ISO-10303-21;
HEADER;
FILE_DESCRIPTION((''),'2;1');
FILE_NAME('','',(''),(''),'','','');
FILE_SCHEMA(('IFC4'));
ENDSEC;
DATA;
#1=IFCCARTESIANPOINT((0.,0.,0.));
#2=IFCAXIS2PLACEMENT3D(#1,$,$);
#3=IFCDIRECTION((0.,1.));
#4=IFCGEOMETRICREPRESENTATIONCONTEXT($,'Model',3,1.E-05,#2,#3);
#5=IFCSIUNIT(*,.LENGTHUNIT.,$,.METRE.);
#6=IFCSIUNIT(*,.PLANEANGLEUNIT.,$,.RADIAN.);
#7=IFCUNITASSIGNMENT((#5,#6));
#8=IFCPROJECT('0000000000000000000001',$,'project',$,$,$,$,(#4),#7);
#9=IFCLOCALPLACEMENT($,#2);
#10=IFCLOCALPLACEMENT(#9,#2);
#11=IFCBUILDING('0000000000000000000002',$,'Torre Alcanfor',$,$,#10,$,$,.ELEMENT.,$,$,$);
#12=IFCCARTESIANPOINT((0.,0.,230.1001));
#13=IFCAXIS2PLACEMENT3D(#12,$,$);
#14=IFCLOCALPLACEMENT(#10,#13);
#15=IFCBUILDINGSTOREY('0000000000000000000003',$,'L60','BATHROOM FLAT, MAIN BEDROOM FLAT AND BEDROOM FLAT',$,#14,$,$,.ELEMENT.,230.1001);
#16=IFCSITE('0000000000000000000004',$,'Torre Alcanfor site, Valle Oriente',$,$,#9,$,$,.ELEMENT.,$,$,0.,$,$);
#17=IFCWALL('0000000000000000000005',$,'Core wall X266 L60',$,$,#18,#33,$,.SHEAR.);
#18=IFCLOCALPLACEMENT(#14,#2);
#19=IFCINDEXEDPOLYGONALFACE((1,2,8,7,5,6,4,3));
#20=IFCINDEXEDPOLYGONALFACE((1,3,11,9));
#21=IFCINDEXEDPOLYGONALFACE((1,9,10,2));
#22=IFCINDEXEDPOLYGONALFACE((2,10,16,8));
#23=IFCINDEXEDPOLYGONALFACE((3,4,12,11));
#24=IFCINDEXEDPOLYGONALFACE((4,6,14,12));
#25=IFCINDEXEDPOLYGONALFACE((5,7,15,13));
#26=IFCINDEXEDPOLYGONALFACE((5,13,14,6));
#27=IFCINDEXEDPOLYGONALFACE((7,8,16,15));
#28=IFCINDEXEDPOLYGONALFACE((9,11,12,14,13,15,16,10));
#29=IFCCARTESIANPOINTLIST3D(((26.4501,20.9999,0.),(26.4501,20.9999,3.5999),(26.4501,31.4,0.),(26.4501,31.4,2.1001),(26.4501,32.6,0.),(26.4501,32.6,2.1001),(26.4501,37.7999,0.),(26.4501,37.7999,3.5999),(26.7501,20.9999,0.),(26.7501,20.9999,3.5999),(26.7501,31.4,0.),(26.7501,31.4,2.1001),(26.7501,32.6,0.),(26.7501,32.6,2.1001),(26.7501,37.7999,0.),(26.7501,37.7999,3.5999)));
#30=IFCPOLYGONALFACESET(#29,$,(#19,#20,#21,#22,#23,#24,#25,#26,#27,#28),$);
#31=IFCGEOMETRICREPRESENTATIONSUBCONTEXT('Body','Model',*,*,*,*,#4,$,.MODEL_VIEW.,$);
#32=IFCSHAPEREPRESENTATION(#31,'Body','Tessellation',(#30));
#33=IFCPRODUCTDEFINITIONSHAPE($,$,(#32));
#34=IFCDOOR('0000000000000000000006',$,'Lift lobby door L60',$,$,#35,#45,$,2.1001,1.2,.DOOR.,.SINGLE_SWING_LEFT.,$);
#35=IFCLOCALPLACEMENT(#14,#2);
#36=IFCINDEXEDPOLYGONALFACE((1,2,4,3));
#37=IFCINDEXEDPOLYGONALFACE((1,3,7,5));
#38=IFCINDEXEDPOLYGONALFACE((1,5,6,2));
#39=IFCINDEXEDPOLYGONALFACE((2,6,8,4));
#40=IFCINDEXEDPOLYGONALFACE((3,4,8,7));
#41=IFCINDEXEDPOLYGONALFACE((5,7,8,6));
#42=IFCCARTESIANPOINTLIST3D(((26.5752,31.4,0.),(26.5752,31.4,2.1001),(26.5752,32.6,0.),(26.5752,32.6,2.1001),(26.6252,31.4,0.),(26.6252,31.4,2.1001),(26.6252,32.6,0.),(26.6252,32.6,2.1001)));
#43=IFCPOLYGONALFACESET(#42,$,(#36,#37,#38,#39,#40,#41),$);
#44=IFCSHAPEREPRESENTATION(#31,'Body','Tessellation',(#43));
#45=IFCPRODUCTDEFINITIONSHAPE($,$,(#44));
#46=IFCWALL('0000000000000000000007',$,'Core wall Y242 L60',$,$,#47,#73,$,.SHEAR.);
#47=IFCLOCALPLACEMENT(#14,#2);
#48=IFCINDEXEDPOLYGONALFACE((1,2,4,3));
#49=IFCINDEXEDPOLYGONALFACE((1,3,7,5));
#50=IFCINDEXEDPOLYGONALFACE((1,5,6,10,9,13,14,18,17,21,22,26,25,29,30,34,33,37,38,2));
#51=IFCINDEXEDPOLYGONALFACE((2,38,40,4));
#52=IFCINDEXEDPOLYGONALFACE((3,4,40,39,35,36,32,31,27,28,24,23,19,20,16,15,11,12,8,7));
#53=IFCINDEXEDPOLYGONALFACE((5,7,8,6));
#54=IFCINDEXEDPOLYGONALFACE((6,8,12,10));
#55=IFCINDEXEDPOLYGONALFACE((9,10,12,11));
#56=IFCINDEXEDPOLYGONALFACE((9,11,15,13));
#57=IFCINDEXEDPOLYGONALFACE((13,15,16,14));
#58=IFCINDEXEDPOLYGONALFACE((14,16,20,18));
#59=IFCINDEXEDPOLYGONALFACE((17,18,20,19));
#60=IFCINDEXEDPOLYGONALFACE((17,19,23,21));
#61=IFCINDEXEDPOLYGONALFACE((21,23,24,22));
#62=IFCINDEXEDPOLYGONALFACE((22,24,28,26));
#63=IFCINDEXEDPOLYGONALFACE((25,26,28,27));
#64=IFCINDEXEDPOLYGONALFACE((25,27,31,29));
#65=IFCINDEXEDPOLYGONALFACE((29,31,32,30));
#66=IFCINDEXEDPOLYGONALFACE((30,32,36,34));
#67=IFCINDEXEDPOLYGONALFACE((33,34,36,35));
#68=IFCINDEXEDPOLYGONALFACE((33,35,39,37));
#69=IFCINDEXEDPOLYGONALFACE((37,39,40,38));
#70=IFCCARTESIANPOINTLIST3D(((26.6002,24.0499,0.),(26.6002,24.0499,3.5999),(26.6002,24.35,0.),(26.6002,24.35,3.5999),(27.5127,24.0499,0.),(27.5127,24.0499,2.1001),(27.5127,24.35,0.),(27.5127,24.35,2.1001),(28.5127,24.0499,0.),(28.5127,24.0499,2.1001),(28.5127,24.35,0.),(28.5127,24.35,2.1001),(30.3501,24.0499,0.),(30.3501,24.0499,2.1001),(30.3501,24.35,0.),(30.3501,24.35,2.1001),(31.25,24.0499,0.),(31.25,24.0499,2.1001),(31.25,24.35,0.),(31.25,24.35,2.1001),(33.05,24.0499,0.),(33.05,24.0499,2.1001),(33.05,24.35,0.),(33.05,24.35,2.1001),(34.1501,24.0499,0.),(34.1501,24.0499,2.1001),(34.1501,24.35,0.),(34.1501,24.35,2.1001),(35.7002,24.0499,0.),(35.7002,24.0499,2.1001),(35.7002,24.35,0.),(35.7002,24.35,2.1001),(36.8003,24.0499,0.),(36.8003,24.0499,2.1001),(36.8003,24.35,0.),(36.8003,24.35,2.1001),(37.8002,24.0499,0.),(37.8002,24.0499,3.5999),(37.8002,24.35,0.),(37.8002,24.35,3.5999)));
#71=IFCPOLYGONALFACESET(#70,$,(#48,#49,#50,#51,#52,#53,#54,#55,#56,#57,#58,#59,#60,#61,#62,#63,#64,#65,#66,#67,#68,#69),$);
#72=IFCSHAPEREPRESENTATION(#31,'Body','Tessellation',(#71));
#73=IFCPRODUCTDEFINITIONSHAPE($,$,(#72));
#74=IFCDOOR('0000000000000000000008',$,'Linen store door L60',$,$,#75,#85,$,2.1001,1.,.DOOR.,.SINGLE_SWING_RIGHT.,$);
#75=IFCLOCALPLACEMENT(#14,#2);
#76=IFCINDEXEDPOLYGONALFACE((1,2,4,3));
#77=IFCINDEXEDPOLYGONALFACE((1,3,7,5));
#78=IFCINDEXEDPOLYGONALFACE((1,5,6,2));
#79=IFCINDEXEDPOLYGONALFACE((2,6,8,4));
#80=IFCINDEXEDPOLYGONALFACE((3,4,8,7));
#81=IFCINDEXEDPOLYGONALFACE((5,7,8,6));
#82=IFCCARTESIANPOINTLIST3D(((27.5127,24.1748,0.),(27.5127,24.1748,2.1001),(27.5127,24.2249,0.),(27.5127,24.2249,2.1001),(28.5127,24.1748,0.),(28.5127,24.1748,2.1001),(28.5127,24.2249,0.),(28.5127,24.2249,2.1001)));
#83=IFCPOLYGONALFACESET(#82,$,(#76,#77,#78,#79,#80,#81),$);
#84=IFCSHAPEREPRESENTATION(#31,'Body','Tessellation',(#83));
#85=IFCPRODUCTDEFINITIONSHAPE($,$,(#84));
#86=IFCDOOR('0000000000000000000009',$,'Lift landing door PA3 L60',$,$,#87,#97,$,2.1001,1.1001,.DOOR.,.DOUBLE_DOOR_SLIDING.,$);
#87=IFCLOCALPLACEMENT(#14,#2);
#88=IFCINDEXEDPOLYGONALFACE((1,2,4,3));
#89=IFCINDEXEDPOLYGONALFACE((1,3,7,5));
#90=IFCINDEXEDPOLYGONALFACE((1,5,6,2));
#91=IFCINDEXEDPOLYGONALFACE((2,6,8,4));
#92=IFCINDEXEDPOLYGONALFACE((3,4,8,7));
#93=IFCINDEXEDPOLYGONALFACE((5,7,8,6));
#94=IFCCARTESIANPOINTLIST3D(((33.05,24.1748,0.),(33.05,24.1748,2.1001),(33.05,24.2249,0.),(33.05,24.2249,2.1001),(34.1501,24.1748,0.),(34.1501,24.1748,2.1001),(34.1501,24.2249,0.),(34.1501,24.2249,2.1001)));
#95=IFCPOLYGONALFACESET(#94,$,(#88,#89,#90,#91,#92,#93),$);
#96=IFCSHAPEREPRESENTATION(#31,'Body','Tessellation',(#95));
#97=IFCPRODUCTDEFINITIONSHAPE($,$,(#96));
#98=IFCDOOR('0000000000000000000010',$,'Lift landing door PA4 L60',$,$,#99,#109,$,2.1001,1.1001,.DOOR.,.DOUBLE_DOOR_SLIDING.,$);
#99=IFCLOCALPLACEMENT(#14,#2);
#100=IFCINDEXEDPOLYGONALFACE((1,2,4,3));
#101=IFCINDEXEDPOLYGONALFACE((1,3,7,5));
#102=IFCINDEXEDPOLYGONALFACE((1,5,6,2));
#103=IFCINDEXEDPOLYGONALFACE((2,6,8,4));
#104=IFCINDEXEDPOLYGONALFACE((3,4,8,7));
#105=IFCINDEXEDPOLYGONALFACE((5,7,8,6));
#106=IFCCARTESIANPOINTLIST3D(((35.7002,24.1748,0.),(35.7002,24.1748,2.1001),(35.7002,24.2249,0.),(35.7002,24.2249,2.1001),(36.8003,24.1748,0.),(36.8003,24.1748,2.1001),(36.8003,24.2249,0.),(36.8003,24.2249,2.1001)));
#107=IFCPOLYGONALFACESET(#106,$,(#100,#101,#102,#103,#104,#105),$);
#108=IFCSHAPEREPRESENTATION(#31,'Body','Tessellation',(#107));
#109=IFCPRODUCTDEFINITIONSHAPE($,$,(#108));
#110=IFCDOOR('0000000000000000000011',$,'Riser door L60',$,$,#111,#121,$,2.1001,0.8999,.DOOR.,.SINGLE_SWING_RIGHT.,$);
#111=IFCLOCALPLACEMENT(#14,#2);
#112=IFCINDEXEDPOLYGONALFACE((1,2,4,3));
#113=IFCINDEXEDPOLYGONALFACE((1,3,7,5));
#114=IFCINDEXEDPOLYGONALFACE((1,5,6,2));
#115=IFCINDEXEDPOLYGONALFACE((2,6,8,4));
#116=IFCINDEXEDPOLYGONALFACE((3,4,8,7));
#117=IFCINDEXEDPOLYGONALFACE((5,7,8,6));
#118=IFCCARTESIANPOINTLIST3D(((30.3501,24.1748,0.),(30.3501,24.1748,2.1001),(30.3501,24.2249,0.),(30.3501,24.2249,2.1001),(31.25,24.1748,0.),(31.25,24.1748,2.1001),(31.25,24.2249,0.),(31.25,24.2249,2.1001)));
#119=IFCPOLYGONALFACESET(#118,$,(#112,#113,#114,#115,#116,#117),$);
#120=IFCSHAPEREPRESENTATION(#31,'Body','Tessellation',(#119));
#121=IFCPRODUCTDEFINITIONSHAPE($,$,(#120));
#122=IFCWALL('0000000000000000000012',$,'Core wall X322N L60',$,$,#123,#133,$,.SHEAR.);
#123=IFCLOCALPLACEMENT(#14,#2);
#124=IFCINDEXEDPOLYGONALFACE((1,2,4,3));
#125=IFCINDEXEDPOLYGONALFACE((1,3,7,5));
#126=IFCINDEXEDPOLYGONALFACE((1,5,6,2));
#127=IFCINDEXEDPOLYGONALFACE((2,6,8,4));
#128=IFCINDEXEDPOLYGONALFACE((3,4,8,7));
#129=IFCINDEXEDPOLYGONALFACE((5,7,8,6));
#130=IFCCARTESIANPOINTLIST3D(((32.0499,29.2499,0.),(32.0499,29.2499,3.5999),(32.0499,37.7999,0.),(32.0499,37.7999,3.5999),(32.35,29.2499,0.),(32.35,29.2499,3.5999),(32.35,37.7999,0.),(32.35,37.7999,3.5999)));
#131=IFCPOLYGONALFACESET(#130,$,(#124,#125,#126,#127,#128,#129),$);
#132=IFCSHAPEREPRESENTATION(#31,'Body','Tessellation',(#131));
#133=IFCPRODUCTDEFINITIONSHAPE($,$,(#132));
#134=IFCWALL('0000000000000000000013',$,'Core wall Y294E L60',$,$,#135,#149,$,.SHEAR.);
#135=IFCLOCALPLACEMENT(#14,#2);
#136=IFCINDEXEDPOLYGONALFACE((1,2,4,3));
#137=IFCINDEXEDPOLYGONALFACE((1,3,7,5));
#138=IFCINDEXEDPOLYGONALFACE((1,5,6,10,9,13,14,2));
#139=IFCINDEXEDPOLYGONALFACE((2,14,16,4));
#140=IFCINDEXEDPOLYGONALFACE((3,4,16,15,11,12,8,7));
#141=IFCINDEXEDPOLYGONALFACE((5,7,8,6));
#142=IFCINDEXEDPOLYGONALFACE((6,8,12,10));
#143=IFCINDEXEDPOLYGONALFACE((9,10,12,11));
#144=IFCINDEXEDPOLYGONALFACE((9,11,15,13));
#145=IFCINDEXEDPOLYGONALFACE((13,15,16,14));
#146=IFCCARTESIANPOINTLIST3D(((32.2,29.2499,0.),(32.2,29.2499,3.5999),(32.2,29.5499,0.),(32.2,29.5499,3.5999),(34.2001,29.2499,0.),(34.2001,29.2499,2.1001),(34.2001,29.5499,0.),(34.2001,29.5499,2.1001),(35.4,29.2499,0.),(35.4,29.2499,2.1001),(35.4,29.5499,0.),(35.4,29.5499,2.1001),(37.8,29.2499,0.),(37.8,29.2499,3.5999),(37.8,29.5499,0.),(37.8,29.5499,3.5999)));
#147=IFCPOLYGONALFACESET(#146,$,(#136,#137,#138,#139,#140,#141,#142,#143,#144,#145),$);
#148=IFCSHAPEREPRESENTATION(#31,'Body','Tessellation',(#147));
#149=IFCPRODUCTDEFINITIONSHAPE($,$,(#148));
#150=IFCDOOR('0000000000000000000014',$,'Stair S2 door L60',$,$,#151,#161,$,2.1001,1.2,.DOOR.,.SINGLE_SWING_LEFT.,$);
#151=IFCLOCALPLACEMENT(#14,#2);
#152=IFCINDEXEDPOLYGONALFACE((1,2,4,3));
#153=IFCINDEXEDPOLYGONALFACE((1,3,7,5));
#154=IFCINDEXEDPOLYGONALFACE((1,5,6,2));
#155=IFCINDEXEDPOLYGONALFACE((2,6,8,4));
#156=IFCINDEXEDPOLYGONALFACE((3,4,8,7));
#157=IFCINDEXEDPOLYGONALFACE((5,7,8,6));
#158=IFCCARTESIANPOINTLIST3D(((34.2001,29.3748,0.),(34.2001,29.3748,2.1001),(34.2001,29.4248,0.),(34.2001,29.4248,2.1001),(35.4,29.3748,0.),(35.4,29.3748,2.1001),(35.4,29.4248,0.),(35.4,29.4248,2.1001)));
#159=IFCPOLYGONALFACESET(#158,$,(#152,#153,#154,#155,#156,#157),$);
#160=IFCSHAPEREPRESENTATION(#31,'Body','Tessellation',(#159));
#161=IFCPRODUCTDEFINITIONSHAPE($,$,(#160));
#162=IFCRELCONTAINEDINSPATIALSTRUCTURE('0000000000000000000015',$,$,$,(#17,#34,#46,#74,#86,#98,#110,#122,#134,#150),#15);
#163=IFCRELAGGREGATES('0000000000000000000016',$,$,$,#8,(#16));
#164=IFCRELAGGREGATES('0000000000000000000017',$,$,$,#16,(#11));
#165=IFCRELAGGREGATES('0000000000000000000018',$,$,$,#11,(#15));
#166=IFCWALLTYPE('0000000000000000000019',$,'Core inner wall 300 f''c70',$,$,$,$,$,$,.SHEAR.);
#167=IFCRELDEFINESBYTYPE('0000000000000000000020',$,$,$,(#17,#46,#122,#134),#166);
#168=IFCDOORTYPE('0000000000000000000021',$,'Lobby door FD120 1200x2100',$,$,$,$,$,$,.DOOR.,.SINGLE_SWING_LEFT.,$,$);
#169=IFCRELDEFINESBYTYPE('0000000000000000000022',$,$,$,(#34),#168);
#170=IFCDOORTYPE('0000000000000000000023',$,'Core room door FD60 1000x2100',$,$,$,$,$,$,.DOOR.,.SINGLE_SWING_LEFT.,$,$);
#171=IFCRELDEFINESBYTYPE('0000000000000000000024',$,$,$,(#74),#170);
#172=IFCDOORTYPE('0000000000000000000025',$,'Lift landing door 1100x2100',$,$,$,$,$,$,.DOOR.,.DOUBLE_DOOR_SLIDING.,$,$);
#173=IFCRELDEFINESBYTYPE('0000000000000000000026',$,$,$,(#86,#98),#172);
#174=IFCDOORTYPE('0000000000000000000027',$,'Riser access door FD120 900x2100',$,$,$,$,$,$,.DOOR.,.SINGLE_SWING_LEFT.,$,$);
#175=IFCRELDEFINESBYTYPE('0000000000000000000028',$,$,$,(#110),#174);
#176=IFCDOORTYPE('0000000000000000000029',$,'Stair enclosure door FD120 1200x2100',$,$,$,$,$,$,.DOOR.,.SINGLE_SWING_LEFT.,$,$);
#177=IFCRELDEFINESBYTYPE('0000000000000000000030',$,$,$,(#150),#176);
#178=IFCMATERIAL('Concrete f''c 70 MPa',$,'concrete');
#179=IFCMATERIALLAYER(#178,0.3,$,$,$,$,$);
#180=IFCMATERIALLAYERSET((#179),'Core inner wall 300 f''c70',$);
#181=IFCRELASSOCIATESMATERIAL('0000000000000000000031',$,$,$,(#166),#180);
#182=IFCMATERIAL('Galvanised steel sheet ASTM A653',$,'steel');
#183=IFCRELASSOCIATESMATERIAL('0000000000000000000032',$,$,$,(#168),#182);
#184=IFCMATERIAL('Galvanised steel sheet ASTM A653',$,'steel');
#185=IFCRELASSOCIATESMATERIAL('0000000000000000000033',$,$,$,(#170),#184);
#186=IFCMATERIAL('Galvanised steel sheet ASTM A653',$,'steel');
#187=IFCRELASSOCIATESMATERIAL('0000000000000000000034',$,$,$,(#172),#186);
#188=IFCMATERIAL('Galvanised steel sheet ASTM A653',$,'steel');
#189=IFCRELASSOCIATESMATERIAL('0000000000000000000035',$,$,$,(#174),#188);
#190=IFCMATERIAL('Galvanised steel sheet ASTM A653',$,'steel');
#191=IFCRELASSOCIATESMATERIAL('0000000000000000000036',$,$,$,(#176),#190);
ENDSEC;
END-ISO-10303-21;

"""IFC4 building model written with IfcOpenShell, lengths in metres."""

from ifc_helpers import new_model, si_unit, direction, frame, frame_2d, origin, place, context, subcontext, project, spatial, rectangle, extrude, material, layer, layer_set, type_object, element, fill, save


model = new_model("IFC4")

# Units and contexts
model_context = context("Model", 3, precision=1e-05, world=origin(), true_north=direction((0.0, 1.0)))
body_context = subcontext(model_context, "Body", "Model", "MODEL_VIEW")
ifc_project = project(units=[si_unit("LENGTHUNIT", "METRE"), si_unit("PLANEANGLEUNIT", "RADIAN")], contexts=[model_context])

# Site, building, storey
site_placement = place(None, origin())
site = spatial("IfcSite", under=ifc_project, at=site_placement, Name="Torre Alcanfor site, Valle Oriente", CompositionType="ELEMENT", RefElevation=0.0)
building_placement = place(site_placement, origin())
building = spatial("IfcBuilding", under=site, at=building_placement, Name="Torre Alcanfor", CompositionType="ELEMENT")
storey_placement = place(building_placement, frame((0.0, 0.0, 230.1001)))
storey = spatial("IfcBuildingStorey", under=building, at=storey_placement, Name="L60", Description="BATHROOM FLAT, MAIN BEDROOM FLAT AND BEDROOM FLAT", CompositionType="ELEMENT", Elevation=230.1001)

# Wall, opening, door
ifc_material_1 = material(Name="Concrete f'c 70 MPa", Category="concrete")
ifc_layer_1 = layer(ifc_material_1, 0.3)
ifc_layer_set_1 = layer_set([ifc_layer_1], Name="Core inner wall 300 f'c70")
wall_type_1 = type_object("IfcWallType", Name="Core inner wall 300 f'c70", PredefinedType="SHEAR", material=ifc_layer_set_1)
wall_1_placement = place(storey_placement, frame((26.6001, 21.0, 0.0), z_axis=(0.0, 0.0, 1.0), x_axis=(0.0, 1.0, 0.0)))
wall_1 = element("IfcWall", 1, at=wall_1_placement, inside=storey, type_object=wall_type_1, Name="Core wall X266 L60", PredefinedType="SHEAR", context=body_context, shape_type="SweptSolid", body=[
    extrude(rectangle(XDim=16.8, YDim=0.3, at=frame_2d((8.3999, 0.0))), origin(), (0.0, 0.0, 1.0), 3.5999),
])
opening_1_placement = place(wall_1_placement, frame((10.3999, 0.0, 0.0)))
opening_1 = element("IfcOpeningElement", 2, at=opening_1_placement, cuts=wall_1, PredefinedType="OPENING", context=body_context, shape_type="SweptSolid", body=[
    extrude(rectangle(XDim=1.2, YDim=2.1001, at=frame_2d((0.6001, 1.05))), frame((0.0, 0.1599, 0.0), z_axis=(0.0, -1.0, 0.0), x_axis=(1.0, 0.0, 0.0)), (0.0, 0.0, 1.0), 0.3201),
])
ifc_material_2 = material(Name="Galvanised steel sheet ASTM A653", Category="steel")
door_type_1 = type_object("IfcDoorType", Name="Lobby door FD120 1200x2100", OperationType="SINGLE_SWING_LEFT", PredefinedType="DOOR", material=ifc_material_2)
door_1_placement = place(opening_1_placement, origin())
door_1 = element("IfcDoor", 3, at=door_1_placement, inside=storey, type_object=door_type_1, Name="Lift lobby door L60", OperationType="SINGLE_SWING_LEFT", OverallHeight=2.1001, OverallWidth=1.2, PredefinedType="DOOR", context=body_context, shape_type="SweptSolid", body=[
    extrude(rectangle(XDim=1.2, YDim=2.1001, at=frame_2d((0.6001, 1.05))), frame((0.0, 0.0249, 0.0), z_axis=(0.0, -1.0, 0.0), x_axis=(1.0, 0.0, 0.0)), (0.0, 0.0, 1.0), 0.05),
])
fill(opening_1, door_1)

# Wall, openings, doors
wall_2_placement = place(storey_placement, frame((26.6001, 24.2, 0.0), z_axis=(0.0, 0.0, 1.0), x_axis=(1.0, 0.0, 0.0)))
wall_2 = element("IfcWall", 4, at=wall_2_placement, inside=storey, type_object=wall_type_1, Name="Core wall Y242 L60", PredefinedType="SHEAR", context=body_context, shape_type="SweptSolid", body=[
    extrude(rectangle(XDim=11.2, YDim=0.3, at=frame_2d((5.6001, 0.0))), origin(), (0.0, 0.0, 1.0), 3.5999),
])
opening_2_placement = place(wall_2_placement, frame((0.9126, 0.0, 0.0)))
opening_2 = element("IfcOpeningElement", 5, at=opening_2_placement, cuts=wall_2, PredefinedType="OPENING", context=body_context, shape_type="SweptSolid", body=[
    extrude(rectangle(XDim=1.0, YDim=2.1001, at=frame_2d((0.5, 1.05))), frame((0.0, 0.1599, 0.0), z_axis=(0.0, -1.0, 0.0), x_axis=(1.0, 0.0, 0.0)), (0.0, 0.0, 1.0), 0.3201),
])
opening_3_placement = place(wall_2_placement, frame((3.75, 0.0, 0.0)))
opening_3 = element("IfcOpeningElement", 6, at=opening_3_placement, cuts=wall_2, PredefinedType="OPENING", context=body_context, shape_type="SweptSolid", body=[
    extrude(rectangle(XDim=0.8999, YDim=2.1001, at=frame_2d((0.45, 1.05))), frame((0.0, 0.1599, 0.0), z_axis=(0.0, -1.0, 0.0), x_axis=(1.0, 0.0, 0.0)), (0.0, 0.0, 1.0), 0.3201),
])
opening_4_placement = place(wall_2_placement, frame((6.45, 0.0, 0.0)))
opening_4 = element("IfcOpeningElement", 7, at=opening_4_placement, cuts=wall_2, PredefinedType="OPENING", context=body_context, shape_type="SweptSolid", body=[
    extrude(rectangle(XDim=1.1001, YDim=2.1001, at=frame_2d((0.55, 1.05))), frame((0.0, 0.1599, 0.0), z_axis=(0.0, -1.0, 0.0), x_axis=(1.0, 0.0, 0.0)), (0.0, 0.0, 1.0), 0.3201),
])
opening_5_placement = place(wall_2_placement, frame((9.1001, 0.0, 0.0)))
opening_5 = element("IfcOpeningElement", 8, at=opening_5_placement, cuts=wall_2, PredefinedType="OPENING", context=body_context, shape_type="SweptSolid", body=[
    extrude(rectangle(XDim=1.1001, YDim=2.1001, at=frame_2d((0.55, 1.05))), frame((0.0, 0.1599, 0.0), z_axis=(0.0, -1.0, 0.0), x_axis=(1.0, 0.0, 0.0)), (0.0, 0.0, 1.0), 0.3201),
])
ifc_material_3 = material(Name="Galvanised steel sheet ASTM A653", Category="steel")
door_type_2 = type_object("IfcDoorType", Name="Core room door FD60 1000x2100", OperationType="SINGLE_SWING_LEFT", PredefinedType="DOOR", material=ifc_material_3)
door_2_placement = place(opening_2_placement, frame((1.0, 0.0, 0.0), z_axis=(0.0, 0.0, 1.0), x_axis=(-1.0, 0.0, 0.0)))
door_2 = element("IfcDoor", 9, at=door_2_placement, inside=storey, type_object=door_type_2, Name="Linen store door L60", OperationType="SINGLE_SWING_RIGHT", OverallHeight=2.1001, OverallWidth=1.0, PredefinedType="DOOR", context=body_context, shape_type="SweptSolid", body=[
    extrude(rectangle(XDim=1.0, YDim=2.1001, at=frame_2d((0.5, 1.05))), frame((0.0, 0.0251, 0.0), z_axis=(0.0, -1.0, 0.0), x_axis=(1.0, 0.0, 0.0)), (0.0, 0.0, 1.0), 0.05),
])
fill(opening_2, door_2)
ifc_material_4 = material(Name="Galvanised steel sheet ASTM A653", Category="steel")
door_type_3 = type_object("IfcDoorType", Name="Lift landing door 1100x2100", OperationType="DOUBLE_DOOR_SLIDING", PredefinedType="DOOR", material=ifc_material_4)
door_3_placement = place(opening_4_placement, origin())
door_3 = element("IfcDoor", 10, at=door_3_placement, inside=storey, type_object=door_type_3, Name="Lift landing door PA3 L60", OperationType="DOUBLE_DOOR_SLIDING", OverallHeight=2.1001, OverallWidth=1.1001, PredefinedType="DOOR", context=body_context, shape_type="SweptSolid", body=[
    extrude(rectangle(XDim=1.1001, YDim=2.1001, at=frame_2d((0.55, 1.05))), frame((0.0, 0.0249, 0.0), z_axis=(0.0, -1.0, 0.0), x_axis=(1.0, 0.0, 0.0)), (0.0, 0.0, 1.0), 0.05),
])
fill(opening_4, door_3)
door_4_placement = place(opening_5_placement, origin())
door_4 = element("IfcDoor", 11, at=door_4_placement, inside=storey, type_object=door_type_3, Name="Lift landing door PA4 L60", OperationType="DOUBLE_DOOR_SLIDING", OverallHeight=2.1001, OverallWidth=1.1001, PredefinedType="DOOR", context=body_context, shape_type="SweptSolid", body=[
    extrude(rectangle(XDim=1.1001, YDim=2.1001, at=frame_2d((0.55, 1.05))), frame((0.0, 0.0249, 0.0), z_axis=(0.0, -1.0, 0.0), x_axis=(1.0, 0.0, 0.0)), (0.0, 0.0, 1.0), 0.05),
])
fill(opening_5, door_4)
ifc_material_5 = material(Name="Galvanised steel sheet ASTM A653", Category="steel")
door_type_4 = type_object("IfcDoorType", Name="Riser access door FD120 900x2100", OperationType="SINGLE_SWING_LEFT", PredefinedType="DOOR", material=ifc_material_5)
door_5_placement = place(opening_3_placement, frame((0.8999, 0.0, 0.0), z_axis=(0.0, 0.0, 1.0), x_axis=(-1.0, 0.0, 0.0)))
door_5 = element("IfcDoor", 12, at=door_5_placement, inside=storey, type_object=door_type_4, Name="Riser door L60", OperationType="SINGLE_SWING_RIGHT", OverallHeight=2.1001, OverallWidth=0.8999, PredefinedType="DOOR", context=body_context, shape_type="SweptSolid", body=[
    extrude(rectangle(XDim=0.8999, YDim=2.1001, at=frame_2d((0.45, 1.05))), frame((0.0, 0.0251, 0.0), z_axis=(0.0, -1.0, 0.0), x_axis=(1.0, 0.0, 0.0)), (0.0, 0.0, 1.0), 0.05),
])
fill(opening_3, door_5)

# Wall
wall_3_placement = place(storey_placement, frame((32.2, 29.25, 0.0), z_axis=(0.0, 0.0, 1.0), x_axis=(0.0, 1.0, 0.0)))
element("IfcWall", 13, at=wall_3_placement, inside=storey, type_object=wall_type_1, Name="Core wall X322N L60", PredefinedType="SHEAR", context=body_context, shape_type="SweptSolid", body=[
    extrude(rectangle(XDim=8.55, YDim=0.3, at=frame_2d((4.2749, 0.0))), origin(), (0.0, 0.0, 1.0), 3.5999),
])

# Wall, opening, door
wall_4_placement = place(storey_placement, frame((32.2, 29.3999, 0.0), z_axis=(0.0, 0.0, 1.0), x_axis=(1.0, 0.0, 0.0)))
wall_4 = element("IfcWall", 14, at=wall_4_placement, inside=storey, type_object=wall_type_1, Name="Core wall Y294E L60", PredefinedType="SHEAR", context=body_context, shape_type="SweptSolid", body=[
    extrude(rectangle(XDim=5.6001, YDim=0.3, at=frame_2d((2.8, 0.0))), origin(), (0.0, 0.0, 1.0), 3.5999),
])
opening_6_placement = place(wall_4_placement, frame((2.0, 0.0, 0.0)))
opening_6 = element("IfcOpeningElement", 15, at=opening_6_placement, cuts=wall_4, PredefinedType="OPENING", context=body_context, shape_type="SweptSolid", body=[
    extrude(rectangle(XDim=1.2, YDim=2.1001, at=frame_2d((0.6001, 1.05))), frame((0.0, 0.1599, 0.0), z_axis=(0.0, -1.0, 0.0), x_axis=(1.0, 0.0, 0.0)), (0.0, 0.0, 1.0), 0.3201),
])
ifc_material_6 = material(Name="Galvanised steel sheet ASTM A653", Category="steel")
door_type_5 = type_object("IfcDoorType", Name="Stair enclosure door FD120 1200x2100", OperationType="SINGLE_SWING_LEFT", PredefinedType="DOOR", material=ifc_material_6)
door_6_placement = place(opening_6_placement, origin())
door_6 = element("IfcDoor", 16, at=door_6_placement, inside=storey, type_object=door_type_5, Name="Stair S2 door L60", OperationType="SINGLE_SWING_LEFT", OverallHeight=2.1001, OverallWidth=1.2, PredefinedType="DOOR", context=body_context, shape_type="SweptSolid", body=[
    extrude(rectangle(XDim=1.2, YDim=2.1001, at=frame_2d((0.6001, 1.05))), frame((0.0, 0.0249, 0.0), z_axis=(0.0, -1.0, 0.0), x_axis=(1.0, 0.0, 0.0)), (0.0, 0.0, 1.0), 0.05),
])
fill(opening_6, door_6)

save(model, "model.ifc")
